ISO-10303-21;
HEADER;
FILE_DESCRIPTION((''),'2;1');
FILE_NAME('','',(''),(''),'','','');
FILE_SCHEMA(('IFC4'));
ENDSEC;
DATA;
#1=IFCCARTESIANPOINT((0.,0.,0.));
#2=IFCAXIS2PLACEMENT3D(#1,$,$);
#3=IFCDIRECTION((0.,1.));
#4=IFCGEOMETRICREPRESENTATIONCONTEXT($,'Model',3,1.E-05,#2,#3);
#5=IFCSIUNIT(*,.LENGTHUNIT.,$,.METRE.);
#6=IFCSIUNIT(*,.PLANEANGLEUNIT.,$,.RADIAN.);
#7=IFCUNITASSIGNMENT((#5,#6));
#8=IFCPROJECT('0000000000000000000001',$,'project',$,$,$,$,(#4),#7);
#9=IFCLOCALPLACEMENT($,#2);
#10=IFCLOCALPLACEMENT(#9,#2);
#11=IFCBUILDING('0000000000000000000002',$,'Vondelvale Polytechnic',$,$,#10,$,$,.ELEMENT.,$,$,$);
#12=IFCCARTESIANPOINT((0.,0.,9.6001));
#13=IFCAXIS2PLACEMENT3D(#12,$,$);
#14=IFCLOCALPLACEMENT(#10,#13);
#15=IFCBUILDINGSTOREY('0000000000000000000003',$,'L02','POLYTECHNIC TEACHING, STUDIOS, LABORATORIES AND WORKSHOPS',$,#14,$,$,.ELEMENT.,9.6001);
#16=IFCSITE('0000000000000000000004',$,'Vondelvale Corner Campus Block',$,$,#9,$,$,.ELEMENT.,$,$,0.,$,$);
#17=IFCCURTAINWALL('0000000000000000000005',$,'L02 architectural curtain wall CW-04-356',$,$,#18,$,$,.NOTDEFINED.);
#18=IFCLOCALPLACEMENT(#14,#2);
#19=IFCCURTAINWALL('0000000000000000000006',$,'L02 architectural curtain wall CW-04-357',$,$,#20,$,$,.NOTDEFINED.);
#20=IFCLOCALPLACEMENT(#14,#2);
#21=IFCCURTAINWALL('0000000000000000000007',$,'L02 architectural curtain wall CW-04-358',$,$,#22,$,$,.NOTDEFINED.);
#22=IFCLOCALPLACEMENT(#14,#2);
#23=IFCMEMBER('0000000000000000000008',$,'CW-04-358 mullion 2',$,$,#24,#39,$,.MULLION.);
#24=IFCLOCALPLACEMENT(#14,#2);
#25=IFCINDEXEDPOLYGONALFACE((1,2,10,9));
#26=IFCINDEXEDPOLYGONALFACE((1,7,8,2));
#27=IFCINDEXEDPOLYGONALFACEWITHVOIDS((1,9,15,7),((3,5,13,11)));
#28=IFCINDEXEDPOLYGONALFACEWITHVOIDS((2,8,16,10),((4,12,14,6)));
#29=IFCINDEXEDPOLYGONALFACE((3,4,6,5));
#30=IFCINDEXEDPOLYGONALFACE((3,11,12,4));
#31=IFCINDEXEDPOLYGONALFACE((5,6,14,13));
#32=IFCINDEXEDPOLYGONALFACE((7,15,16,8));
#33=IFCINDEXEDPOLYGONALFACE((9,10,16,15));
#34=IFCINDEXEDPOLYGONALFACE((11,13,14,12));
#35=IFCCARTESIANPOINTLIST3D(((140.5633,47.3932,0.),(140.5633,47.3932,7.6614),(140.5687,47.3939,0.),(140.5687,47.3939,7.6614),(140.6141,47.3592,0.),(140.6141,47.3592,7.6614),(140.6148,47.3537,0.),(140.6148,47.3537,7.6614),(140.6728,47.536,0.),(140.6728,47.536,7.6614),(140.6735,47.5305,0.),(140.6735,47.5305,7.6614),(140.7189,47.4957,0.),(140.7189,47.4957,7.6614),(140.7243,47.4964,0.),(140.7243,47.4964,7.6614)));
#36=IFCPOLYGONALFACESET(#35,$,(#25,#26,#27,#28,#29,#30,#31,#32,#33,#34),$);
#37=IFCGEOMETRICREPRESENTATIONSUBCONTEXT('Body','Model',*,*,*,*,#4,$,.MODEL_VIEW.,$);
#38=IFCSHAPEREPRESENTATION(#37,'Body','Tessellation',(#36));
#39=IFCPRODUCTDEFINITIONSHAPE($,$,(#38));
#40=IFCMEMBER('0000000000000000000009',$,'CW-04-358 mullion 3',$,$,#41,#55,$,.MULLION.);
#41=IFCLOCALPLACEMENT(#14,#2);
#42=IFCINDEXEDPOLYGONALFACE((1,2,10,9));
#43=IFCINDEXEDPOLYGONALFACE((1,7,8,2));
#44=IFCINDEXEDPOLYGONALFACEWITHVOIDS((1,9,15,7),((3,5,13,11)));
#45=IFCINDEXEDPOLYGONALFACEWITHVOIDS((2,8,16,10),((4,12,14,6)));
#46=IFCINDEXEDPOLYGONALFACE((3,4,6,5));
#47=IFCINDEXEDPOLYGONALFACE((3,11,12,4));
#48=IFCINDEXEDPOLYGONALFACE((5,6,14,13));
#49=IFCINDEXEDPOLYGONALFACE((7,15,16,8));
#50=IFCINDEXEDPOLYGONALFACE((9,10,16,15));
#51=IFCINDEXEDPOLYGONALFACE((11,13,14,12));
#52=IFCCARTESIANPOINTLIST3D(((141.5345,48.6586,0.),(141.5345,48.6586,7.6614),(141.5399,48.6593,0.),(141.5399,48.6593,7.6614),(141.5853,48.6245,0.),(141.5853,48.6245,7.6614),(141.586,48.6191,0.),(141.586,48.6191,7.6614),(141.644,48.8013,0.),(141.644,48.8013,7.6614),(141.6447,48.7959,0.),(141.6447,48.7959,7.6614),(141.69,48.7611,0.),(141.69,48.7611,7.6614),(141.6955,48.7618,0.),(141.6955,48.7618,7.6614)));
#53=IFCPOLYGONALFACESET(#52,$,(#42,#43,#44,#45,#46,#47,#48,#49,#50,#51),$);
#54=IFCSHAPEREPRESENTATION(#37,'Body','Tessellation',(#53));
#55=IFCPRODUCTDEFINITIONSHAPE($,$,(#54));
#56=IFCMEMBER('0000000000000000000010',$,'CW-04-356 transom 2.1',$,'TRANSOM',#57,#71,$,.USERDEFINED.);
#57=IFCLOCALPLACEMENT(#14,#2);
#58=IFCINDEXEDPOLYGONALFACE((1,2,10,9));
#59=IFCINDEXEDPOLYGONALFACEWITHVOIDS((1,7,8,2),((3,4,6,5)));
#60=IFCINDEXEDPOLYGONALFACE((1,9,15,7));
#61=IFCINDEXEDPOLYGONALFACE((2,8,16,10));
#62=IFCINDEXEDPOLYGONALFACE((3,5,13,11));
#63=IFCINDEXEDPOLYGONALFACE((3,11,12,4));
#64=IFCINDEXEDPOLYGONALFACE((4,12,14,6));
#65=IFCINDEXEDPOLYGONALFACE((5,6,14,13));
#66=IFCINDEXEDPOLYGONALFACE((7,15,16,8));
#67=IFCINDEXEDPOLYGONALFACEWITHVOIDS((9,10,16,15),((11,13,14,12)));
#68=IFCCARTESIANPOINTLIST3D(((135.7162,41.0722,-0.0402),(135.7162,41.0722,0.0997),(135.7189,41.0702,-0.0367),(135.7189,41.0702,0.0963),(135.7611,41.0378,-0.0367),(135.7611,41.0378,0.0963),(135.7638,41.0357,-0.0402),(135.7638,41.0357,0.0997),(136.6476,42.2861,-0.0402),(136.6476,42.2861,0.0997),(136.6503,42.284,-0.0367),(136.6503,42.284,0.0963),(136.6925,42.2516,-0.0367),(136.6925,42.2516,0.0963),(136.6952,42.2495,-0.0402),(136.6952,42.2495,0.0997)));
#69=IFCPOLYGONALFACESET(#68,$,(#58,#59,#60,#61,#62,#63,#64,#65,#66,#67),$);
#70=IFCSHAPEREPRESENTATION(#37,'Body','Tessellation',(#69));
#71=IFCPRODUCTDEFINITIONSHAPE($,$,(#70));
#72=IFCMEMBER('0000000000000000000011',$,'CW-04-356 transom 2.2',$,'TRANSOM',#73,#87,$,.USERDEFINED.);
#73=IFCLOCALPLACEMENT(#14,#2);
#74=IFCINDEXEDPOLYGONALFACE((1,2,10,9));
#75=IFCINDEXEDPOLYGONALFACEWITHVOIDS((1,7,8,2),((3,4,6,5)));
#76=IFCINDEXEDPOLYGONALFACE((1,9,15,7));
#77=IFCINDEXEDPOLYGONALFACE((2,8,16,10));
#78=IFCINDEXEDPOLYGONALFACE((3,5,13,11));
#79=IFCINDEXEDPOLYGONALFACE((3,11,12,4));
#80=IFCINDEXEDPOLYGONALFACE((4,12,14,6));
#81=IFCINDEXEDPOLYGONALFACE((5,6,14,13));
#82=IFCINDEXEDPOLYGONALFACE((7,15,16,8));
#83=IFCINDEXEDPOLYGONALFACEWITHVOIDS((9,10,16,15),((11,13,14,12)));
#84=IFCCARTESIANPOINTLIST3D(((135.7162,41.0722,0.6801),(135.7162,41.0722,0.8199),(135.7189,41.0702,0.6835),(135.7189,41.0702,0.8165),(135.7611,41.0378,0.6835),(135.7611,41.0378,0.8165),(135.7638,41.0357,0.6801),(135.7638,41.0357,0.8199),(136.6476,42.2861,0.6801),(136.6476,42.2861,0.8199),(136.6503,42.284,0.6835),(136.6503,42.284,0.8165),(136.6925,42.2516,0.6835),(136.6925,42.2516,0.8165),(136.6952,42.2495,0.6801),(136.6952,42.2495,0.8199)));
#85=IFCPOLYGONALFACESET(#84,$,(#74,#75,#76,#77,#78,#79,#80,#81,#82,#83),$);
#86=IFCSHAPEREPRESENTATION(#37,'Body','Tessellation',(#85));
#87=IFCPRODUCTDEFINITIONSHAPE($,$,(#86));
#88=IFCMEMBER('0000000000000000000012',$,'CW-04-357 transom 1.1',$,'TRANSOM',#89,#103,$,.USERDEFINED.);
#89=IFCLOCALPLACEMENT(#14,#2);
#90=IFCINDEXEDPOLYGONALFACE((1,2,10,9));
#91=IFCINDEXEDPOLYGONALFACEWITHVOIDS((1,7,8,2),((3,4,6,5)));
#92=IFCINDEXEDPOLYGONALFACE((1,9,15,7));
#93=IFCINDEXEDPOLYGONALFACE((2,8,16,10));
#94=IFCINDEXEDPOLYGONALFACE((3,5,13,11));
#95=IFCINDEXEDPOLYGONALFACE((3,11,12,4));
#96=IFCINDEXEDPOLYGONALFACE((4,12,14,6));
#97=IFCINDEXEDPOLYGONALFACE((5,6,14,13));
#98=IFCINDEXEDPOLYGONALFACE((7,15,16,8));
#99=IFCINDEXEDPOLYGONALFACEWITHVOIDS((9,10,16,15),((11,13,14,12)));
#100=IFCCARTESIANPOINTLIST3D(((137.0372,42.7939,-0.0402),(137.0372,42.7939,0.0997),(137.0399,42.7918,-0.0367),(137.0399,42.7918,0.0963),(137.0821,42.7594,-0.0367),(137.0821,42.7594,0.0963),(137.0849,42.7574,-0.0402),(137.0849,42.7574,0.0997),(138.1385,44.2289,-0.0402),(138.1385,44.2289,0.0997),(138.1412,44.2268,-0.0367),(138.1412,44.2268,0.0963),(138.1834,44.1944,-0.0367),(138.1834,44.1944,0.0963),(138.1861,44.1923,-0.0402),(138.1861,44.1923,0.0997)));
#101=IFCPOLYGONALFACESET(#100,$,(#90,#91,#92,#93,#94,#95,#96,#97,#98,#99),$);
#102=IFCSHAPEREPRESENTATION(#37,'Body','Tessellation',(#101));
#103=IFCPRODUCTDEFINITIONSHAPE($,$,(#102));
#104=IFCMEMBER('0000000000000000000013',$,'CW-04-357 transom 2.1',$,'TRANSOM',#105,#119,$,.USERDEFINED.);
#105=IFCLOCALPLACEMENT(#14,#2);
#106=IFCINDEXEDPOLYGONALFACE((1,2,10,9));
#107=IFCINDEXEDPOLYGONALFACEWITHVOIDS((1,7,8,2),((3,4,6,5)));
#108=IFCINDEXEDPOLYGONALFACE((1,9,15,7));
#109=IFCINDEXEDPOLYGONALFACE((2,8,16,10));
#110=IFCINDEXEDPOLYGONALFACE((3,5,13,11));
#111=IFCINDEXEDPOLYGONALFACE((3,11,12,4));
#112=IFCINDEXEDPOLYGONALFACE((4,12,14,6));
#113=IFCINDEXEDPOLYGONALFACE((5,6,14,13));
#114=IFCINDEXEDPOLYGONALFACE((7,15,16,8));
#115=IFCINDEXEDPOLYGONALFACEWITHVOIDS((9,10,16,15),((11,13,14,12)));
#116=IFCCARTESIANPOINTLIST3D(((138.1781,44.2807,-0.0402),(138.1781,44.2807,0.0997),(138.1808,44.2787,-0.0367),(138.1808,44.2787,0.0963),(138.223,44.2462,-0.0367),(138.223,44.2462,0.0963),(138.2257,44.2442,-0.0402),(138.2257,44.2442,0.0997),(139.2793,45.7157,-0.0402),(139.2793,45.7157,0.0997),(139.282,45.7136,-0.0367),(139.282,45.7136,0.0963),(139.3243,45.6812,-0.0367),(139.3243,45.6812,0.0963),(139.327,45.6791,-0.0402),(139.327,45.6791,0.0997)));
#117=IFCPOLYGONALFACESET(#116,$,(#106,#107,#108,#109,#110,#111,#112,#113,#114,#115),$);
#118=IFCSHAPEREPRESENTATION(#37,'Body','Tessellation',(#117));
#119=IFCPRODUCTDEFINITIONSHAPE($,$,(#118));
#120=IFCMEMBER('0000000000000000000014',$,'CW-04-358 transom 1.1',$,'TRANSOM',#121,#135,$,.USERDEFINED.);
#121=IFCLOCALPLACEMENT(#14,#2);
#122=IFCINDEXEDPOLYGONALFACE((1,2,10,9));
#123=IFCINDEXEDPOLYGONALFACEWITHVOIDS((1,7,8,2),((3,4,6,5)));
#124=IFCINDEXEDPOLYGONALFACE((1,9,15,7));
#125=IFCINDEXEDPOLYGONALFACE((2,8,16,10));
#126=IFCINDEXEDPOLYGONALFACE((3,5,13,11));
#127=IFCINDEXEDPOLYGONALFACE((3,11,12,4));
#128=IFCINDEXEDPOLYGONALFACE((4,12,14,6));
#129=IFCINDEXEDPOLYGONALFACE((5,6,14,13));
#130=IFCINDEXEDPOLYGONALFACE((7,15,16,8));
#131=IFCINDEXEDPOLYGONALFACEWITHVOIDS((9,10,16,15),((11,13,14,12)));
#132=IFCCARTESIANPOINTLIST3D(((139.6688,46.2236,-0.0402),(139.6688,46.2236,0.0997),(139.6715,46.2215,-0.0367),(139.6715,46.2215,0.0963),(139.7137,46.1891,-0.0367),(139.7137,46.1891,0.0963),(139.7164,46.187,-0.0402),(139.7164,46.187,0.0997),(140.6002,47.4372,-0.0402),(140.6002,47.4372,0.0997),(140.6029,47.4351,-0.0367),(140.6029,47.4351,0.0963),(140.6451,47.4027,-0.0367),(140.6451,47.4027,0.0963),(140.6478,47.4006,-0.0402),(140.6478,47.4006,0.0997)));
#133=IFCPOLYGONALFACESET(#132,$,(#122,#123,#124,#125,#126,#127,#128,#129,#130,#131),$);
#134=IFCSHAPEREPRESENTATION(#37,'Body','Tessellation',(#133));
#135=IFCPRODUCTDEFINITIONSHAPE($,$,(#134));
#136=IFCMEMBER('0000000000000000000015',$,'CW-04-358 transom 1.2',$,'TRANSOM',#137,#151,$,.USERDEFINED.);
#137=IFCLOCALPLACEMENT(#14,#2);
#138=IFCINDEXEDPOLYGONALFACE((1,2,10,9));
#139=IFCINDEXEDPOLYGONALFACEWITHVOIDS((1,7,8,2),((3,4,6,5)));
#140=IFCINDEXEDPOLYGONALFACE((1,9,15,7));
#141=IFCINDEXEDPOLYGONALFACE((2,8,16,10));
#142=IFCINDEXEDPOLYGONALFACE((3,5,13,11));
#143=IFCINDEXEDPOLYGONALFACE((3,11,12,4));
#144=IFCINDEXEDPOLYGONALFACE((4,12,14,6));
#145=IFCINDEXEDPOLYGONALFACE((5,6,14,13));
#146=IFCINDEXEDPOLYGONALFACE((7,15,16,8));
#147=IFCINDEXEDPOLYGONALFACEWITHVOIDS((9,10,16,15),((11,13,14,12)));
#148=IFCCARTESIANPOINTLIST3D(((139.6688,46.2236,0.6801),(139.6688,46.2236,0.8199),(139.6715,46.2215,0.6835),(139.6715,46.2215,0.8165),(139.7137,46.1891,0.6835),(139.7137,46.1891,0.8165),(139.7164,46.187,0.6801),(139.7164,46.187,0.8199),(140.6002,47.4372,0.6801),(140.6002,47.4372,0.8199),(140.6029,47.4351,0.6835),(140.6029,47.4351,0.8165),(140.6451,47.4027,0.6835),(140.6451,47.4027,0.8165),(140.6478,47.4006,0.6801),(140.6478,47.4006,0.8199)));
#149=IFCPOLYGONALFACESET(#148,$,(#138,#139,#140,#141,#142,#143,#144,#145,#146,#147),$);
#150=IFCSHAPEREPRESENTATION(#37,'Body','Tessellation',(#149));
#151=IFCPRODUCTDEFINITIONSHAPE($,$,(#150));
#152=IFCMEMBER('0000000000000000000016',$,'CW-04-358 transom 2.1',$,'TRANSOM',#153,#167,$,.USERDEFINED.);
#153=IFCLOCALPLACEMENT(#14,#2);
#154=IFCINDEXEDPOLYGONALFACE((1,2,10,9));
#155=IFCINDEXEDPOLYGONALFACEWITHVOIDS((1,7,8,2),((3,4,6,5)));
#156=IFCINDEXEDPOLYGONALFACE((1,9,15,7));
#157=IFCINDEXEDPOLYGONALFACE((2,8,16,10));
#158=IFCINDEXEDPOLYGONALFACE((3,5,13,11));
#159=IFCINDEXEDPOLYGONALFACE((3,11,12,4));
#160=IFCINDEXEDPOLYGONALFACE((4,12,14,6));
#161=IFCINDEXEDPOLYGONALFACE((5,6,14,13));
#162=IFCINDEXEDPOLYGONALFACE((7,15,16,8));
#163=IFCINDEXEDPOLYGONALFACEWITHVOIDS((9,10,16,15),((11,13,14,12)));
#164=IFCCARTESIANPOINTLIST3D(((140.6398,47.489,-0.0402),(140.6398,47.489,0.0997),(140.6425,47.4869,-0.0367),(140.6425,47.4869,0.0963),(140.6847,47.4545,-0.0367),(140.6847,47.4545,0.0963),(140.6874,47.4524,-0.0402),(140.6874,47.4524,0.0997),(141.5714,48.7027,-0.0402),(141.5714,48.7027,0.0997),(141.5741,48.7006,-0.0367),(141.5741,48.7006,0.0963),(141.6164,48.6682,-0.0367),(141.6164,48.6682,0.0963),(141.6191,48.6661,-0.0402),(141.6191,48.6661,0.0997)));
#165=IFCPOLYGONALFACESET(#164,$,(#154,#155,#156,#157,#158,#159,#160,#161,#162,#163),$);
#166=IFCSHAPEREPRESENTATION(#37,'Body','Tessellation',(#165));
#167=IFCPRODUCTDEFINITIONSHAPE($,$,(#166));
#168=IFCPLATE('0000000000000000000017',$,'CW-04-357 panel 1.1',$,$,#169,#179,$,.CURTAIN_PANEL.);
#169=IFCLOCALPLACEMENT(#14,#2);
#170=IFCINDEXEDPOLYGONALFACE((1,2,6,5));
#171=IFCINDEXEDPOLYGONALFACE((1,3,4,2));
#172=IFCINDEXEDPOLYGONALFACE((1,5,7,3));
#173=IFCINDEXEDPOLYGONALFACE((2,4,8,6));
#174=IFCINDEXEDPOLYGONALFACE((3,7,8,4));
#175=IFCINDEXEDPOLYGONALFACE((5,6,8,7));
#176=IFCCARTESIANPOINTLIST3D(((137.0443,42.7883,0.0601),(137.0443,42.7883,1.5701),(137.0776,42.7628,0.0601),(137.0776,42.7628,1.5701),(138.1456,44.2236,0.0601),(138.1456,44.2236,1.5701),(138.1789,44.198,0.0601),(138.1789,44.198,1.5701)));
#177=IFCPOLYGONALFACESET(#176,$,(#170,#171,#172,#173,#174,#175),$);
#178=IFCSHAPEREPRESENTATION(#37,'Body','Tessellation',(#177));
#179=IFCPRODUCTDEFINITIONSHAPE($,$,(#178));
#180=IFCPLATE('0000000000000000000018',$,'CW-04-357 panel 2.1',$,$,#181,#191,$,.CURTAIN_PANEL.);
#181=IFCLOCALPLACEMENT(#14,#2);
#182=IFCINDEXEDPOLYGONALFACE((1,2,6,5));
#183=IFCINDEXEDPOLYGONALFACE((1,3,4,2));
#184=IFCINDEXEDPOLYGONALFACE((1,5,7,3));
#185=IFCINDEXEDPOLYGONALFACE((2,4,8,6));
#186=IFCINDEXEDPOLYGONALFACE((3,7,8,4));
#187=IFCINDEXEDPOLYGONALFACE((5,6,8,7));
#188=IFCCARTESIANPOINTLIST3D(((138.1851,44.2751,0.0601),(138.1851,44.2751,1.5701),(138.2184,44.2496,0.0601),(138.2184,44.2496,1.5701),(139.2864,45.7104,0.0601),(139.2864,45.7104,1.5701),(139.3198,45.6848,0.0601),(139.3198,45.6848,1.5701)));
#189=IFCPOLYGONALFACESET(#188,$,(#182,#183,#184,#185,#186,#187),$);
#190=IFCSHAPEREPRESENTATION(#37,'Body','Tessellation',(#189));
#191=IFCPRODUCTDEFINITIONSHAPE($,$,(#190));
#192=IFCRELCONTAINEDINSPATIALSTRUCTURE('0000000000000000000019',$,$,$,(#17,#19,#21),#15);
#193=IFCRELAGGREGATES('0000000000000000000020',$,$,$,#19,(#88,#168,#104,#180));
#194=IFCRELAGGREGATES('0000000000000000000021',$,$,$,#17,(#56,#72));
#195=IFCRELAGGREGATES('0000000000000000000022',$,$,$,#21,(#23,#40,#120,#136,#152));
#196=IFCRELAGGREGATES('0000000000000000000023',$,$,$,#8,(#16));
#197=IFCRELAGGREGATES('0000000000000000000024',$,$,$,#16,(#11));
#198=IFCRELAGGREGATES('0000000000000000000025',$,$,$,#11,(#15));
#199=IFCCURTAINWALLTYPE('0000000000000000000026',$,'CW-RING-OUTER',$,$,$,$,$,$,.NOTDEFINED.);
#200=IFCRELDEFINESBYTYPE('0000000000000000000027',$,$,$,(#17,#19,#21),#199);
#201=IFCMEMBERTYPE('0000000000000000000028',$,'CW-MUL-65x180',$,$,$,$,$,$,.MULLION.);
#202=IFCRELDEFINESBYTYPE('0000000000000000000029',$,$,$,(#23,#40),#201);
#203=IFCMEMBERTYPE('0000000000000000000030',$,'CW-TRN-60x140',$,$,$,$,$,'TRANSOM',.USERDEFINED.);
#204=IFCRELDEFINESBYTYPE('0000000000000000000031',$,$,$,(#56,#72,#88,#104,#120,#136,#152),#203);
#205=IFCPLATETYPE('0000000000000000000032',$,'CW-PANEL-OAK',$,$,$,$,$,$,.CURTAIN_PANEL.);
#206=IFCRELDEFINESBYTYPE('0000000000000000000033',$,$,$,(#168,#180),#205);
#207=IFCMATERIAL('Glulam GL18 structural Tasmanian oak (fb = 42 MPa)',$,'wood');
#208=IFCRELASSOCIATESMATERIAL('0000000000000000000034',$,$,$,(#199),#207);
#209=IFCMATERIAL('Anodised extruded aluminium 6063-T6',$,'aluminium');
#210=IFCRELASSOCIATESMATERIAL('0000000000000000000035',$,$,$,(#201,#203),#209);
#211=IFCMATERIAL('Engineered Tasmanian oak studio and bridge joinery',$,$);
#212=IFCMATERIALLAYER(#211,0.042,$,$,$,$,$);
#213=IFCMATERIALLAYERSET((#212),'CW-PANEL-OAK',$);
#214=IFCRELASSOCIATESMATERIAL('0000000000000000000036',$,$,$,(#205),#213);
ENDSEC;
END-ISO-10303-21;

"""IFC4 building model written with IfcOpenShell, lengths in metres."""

from ifc_helpers import new_model, si_unit, direction, frame, origin, origin_2d, place, context, subcontext, project, spatial, rectangle, hollow_rectangle, extrude, material, layer, layer_set, material_profile, profile_set, type_object, element, aggregate, save


model = new_model("IFC4")

# Units and contexts
model_context = context("Model", 3, precision=1e-05, world=origin(), true_north=direction((0.0, 1.0)))
body_context = subcontext(model_context, "Body", "Model", "MODEL_VIEW")
ifc_project = project(units=[si_unit("LENGTHUNIT", "METRE"), si_unit("PLANEANGLEUNIT", "RADIAN")], contexts=[model_context])

# Site, building, storey
site_placement = place(None, origin())
site = spatial("IfcSite", under=ifc_project, at=site_placement, Name="Vondelvale Corner Campus Block", CompositionType="ELEMENT", RefElevation=0.0)
building_placement = place(site_placement, origin())
building = spatial("IfcBuilding", under=site, at=building_placement, Name="Vondelvale Polytechnic", CompositionType="ELEMENT")
storey_placement = place(building_placement, frame((0.0, 0.0, 9.6001)))
storey = spatial("IfcBuildingStorey", under=building, at=storey_placement, Name="L02", Description="POLYTECHNIC TEACHING, STUDIOS, LABORATORIES AND WORKSHOPS", CompositionType="ELEMENT", Elevation=9.6001)

# Shared definitions
ifc_material_1 = material(Name="Glulam GL18 structural Tasmanian oak (fb = 42 MPa)", Category="wood")

# Curtain wall
curtain_wall_type = type_object("IfcCurtainWallType", Name="CW-RING-OUTER", PredefinedType="NOTDEFINED", material=ifc_material_1)
curtain_wall_1_placement = place(storey_placement, origin())
curtain_wall_1 = element("IfcCurtainWall", 1, at=curtain_wall_1_placement, inside=storey, type_object=curtain_wall_type, Name="L02 architectural curtain wall CW-04-356", PredefinedType="NOTDEFINED")
ifc_material_2 = material(Name="Anodised extruded aluminium 6063-T6", Category="aluminium")
ifc_material_profile_1 = material_profile(ifc_material_2, hollow_rectangle(XDim=0.0649, YDim=0.1799, WallThickness=0.0039, at=origin_2d()), Name="CW-MUL-180x65")
ifc_profile_set_1 = profile_set([ifc_material_profile_1], Name="Anodised extruded aluminium 6063-T6")
member_type_1 = type_object("IfcMemberType", Name="CW-MUL-65x180", PredefinedType="MULLION", material=ifc_profile_set_1)

# Curtain walls, members
curtain_wall_2_placement = place(storey_placement, origin())
curtain_wall_2 = element("IfcCurtainWall", 2, at=curtain_wall_2_placement, inside=storey, type_object=curtain_wall_type, Name="L02 architectural curtain wall CW-04-357", PredefinedType="NOTDEFINED")
curtain_wall_3_placement = place(storey_placement, origin())
curtain_wall_3 = element("IfcCurtainWall", 3, at=curtain_wall_3_placement, inside=storey, type_object=curtain_wall_type, Name="L02 architectural curtain wall CW-04-358", PredefinedType="NOTDEFINED")
member_1_placement = place(storey_placement, frame((140.6438, 47.4448, 0.0), z_axis=(0.0, 0.0, 1.0), x_axis=(-0.793334, 0.608787, 0.0)))
member_1 = element("IfcMember", 4, at=member_1_placement, type_object=member_type_1, Name="CW-04-358 mullion 2", PredefinedType="MULLION", context=body_context, shape_type="SweptSolid", body=[
    extrude(hollow_rectangle(XDim=0.0649, YDim=0.1799, WallThickness=0.0039, at=origin_2d()), origin(), (0.0, 0.0, 1.0), 7.6614),
])
member_2_placement = place(storey_placement, frame((141.615, 48.7102, 0.0), z_axis=(0.0, 0.0, 1.0), x_axis=(-0.793334, 0.608787, 0.0)))
member_2 = element("IfcMember", 5, at=member_2_placement, type_object=member_type_1, Name="CW-04-358 mullion 3", PredefinedType="MULLION", context=body_context, shape_type="SweptSolid", body=[
    extrude(hollow_rectangle(XDim=0.0649, YDim=0.1799, WallThickness=0.0039, at=origin_2d()), origin(), (0.0, 0.0, 1.0), 7.6614),
])

# Members
ifc_material_profile_2 = material_profile(ifc_material_2, hollow_rectangle(XDim=0.0601, YDim=0.1399, WallThickness=0.0034, at=origin_2d()), Name="CW-TRN-140x60")
ifc_profile_set_2 = profile_set([ifc_material_profile_2], Name="Anodised extruded aluminium 6063-T6")
member_type_2 = type_object("IfcMemberType", Name="CW-TRN-60x140", ElementType="TRANSOM", PredefinedType="USERDEFINED", material=ifc_profile_set_2)
member_3_placement = place(storey_placement, frame((135.74, 41.054, 0.0298), z_axis=(0.608746, 0.793365, 0.0), x_axis=(-0.793365, 0.608746, 0.0)))
member_3 = element("IfcMember", 6, at=member_3_placement, type_object=member_type_2, Name="CW-04-356 transom 2.1", ObjectType="TRANSOM", PredefinedType="USERDEFINED", context=body_context, shape_type="SweptSolid", body=[
    extrude(hollow_rectangle(XDim=0.0601, YDim=0.1399, WallThickness=0.0034, at=origin_2d()), origin(), (0.0, 0.0, 1.0), 1.53),
])
member_4_placement = place(storey_placement, frame((135.74, 41.054, 0.75), z_axis=(0.608746, 0.793365, 0.0), x_axis=(-0.793365, 0.608746, 0.0)))
member_4 = element("IfcMember", 7, at=member_4_placement, type_object=member_type_2, Name="CW-04-356 transom 2.2", ObjectType="TRANSOM", PredefinedType="USERDEFINED", context=body_context, shape_type="SweptSolid", body=[
    extrude(hollow_rectangle(XDim=0.0601, YDim=0.1399, WallThickness=0.0034, at=origin_2d()), origin(), (0.0, 0.0, 1.0), 1.53),
])
member_5_placement = place(storey_placement, frame((137.061, 42.7756, 0.0298), z_axis=(0.608817, 0.793311, 0.0), x_axis=(-0.793311, 0.608817, 0.0)))
member_5 = element("IfcMember", 8, at=member_5_placement, type_object=member_type_2, Name="CW-04-357 transom 1.1", ObjectType="TRANSOM", PredefinedType="USERDEFINED", context=body_context, shape_type="SweptSolid", body=[
    extrude(hollow_rectangle(XDim=0.0601, YDim=0.1399, WallThickness=0.0034, at=origin_2d()), origin(), (0.0, 0.0, 1.0), 1.8088),
])
member_6_placement = place(storey_placement, frame((138.2019, 44.2625, 0.0298), z_axis=(0.608817, 0.793311, 0.0), x_axis=(-0.793311, 0.608817, 0.0)))
member_6 = element("IfcMember", 9, at=member_6_placement, type_object=member_type_2, Name="CW-04-357 transom 2.1", ObjectType="TRANSOM", PredefinedType="USERDEFINED", context=body_context, shape_type="SweptSolid", body=[
    extrude(hollow_rectangle(XDim=0.0601, YDim=0.1399, WallThickness=0.0034, at=origin_2d()), origin(), (0.0, 0.0, 1.0), 1.8088),
])
member_7_placement = place(storey_placement, frame((139.6926, 46.2053, 0.0298), z_axis=(0.608823, 0.793306, 0.0), x_axis=(-0.793306, 0.608823, 0.0)))
member_7 = element("IfcMember", 10, at=member_7_placement, type_object=member_type_2, Name="CW-04-358 transom 1.1", ObjectType="TRANSOM", PredefinedType="USERDEFINED", context=body_context, shape_type="SweptSolid", body=[
    extrude(hollow_rectangle(XDim=0.0601, YDim=0.1399, WallThickness=0.0034, at=origin_2d()), origin(), (0.0, 0.0, 1.0), 1.5298),
])
member_8_placement = place(storey_placement, frame((139.6926, 46.2053, 0.75), z_axis=(0.608823, 0.793306, 0.0), x_axis=(-0.793306, 0.608823, 0.0)))
member_8 = element("IfcMember", 11, at=member_8_placement, type_object=member_type_2, Name="CW-04-358 transom 1.2", ObjectType="TRANSOM", PredefinedType="USERDEFINED", context=body_context, shape_type="SweptSolid", body=[
    extrude(hollow_rectangle(XDim=0.0601, YDim=0.1399, WallThickness=0.0034, at=origin_2d()), origin(), (0.0, 0.0, 1.0), 1.5298),
])
member_9_placement = place(storey_placement, frame((140.6636, 47.4707, 0.0298), z_axis=(0.608924, 0.793229, 0.0), x_axis=(-0.793229, 0.608924, 0.0)))
member_9 = element("IfcMember", 12, at=member_9_placement, type_object=member_type_2, Name="CW-04-358 transom 2.1", ObjectType="TRANSOM", PredefinedType="USERDEFINED", context=body_context, shape_type="SweptSolid", body=[
    extrude(hollow_rectangle(XDim=0.0601, YDim=0.1399, WallThickness=0.0034, at=origin_2d()), origin(), (0.0, 0.0, 1.0), 1.53),
])

# Plates
ifc_material_3 = material(Name="Engineered Tasmanian oak studio and bridge joinery")
ifc_layer_1 = layer(ifc_material_3, 0.042)
ifc_layer_set_1 = layer_set([ifc_layer_1], Name="CW-PANEL-OAK")
plate_type_1 = type_object("IfcPlateType", Name="CW-PANEL-OAK", PredefinedType="CURTAIN_PANEL", material=ifc_layer_set_1)
plate_1_placement = place(storey_placement, frame((137.6116, 43.4932, 0.0601), z_axis=(0.0, 0.0, 1.0), x_axis=(0.608771, 0.793346, 0.0)))
plate_1 = element("IfcPlate", 13, at=plate_1_placement, type_object=plate_type_1, Name="CW-04-357 panel 1.1", PredefinedType="CURTAIN_PANEL", context=body_context, shape_type="SweptSolid", body=[
    extrude(rectangle(XDim=1.8091, YDim=0.042, at=origin_2d()), origin(), (0.0, 0.0, 1.0), 1.51),
])
plate_2_placement = place(storey_placement, frame((138.7524, 44.98, 0.0601), z_axis=(0.0, 0.0, 1.0), x_axis=(0.608771, 0.793346, 0.0)))
plate_2 = element("IfcPlate", 14, at=plate_2_placement, type_object=plate_type_1, Name="CW-04-357 panel 2.1", PredefinedType="CURTAIN_PANEL", context=body_context, shape_type="SweptSolid", body=[
    extrude(rectangle(XDim=1.8091, YDim=0.042, at=origin_2d()), origin(), (0.0, 0.0, 1.0), 1.51),
])
aggregate(curtain_wall_2, [member_5, plate_1, member_6, plate_2])
aggregate(curtain_wall_1, [member_3, member_4])
aggregate(curtain_wall_3, [member_1, member_2, member_7, member_8, member_9])

save(model, "model.ifc")
